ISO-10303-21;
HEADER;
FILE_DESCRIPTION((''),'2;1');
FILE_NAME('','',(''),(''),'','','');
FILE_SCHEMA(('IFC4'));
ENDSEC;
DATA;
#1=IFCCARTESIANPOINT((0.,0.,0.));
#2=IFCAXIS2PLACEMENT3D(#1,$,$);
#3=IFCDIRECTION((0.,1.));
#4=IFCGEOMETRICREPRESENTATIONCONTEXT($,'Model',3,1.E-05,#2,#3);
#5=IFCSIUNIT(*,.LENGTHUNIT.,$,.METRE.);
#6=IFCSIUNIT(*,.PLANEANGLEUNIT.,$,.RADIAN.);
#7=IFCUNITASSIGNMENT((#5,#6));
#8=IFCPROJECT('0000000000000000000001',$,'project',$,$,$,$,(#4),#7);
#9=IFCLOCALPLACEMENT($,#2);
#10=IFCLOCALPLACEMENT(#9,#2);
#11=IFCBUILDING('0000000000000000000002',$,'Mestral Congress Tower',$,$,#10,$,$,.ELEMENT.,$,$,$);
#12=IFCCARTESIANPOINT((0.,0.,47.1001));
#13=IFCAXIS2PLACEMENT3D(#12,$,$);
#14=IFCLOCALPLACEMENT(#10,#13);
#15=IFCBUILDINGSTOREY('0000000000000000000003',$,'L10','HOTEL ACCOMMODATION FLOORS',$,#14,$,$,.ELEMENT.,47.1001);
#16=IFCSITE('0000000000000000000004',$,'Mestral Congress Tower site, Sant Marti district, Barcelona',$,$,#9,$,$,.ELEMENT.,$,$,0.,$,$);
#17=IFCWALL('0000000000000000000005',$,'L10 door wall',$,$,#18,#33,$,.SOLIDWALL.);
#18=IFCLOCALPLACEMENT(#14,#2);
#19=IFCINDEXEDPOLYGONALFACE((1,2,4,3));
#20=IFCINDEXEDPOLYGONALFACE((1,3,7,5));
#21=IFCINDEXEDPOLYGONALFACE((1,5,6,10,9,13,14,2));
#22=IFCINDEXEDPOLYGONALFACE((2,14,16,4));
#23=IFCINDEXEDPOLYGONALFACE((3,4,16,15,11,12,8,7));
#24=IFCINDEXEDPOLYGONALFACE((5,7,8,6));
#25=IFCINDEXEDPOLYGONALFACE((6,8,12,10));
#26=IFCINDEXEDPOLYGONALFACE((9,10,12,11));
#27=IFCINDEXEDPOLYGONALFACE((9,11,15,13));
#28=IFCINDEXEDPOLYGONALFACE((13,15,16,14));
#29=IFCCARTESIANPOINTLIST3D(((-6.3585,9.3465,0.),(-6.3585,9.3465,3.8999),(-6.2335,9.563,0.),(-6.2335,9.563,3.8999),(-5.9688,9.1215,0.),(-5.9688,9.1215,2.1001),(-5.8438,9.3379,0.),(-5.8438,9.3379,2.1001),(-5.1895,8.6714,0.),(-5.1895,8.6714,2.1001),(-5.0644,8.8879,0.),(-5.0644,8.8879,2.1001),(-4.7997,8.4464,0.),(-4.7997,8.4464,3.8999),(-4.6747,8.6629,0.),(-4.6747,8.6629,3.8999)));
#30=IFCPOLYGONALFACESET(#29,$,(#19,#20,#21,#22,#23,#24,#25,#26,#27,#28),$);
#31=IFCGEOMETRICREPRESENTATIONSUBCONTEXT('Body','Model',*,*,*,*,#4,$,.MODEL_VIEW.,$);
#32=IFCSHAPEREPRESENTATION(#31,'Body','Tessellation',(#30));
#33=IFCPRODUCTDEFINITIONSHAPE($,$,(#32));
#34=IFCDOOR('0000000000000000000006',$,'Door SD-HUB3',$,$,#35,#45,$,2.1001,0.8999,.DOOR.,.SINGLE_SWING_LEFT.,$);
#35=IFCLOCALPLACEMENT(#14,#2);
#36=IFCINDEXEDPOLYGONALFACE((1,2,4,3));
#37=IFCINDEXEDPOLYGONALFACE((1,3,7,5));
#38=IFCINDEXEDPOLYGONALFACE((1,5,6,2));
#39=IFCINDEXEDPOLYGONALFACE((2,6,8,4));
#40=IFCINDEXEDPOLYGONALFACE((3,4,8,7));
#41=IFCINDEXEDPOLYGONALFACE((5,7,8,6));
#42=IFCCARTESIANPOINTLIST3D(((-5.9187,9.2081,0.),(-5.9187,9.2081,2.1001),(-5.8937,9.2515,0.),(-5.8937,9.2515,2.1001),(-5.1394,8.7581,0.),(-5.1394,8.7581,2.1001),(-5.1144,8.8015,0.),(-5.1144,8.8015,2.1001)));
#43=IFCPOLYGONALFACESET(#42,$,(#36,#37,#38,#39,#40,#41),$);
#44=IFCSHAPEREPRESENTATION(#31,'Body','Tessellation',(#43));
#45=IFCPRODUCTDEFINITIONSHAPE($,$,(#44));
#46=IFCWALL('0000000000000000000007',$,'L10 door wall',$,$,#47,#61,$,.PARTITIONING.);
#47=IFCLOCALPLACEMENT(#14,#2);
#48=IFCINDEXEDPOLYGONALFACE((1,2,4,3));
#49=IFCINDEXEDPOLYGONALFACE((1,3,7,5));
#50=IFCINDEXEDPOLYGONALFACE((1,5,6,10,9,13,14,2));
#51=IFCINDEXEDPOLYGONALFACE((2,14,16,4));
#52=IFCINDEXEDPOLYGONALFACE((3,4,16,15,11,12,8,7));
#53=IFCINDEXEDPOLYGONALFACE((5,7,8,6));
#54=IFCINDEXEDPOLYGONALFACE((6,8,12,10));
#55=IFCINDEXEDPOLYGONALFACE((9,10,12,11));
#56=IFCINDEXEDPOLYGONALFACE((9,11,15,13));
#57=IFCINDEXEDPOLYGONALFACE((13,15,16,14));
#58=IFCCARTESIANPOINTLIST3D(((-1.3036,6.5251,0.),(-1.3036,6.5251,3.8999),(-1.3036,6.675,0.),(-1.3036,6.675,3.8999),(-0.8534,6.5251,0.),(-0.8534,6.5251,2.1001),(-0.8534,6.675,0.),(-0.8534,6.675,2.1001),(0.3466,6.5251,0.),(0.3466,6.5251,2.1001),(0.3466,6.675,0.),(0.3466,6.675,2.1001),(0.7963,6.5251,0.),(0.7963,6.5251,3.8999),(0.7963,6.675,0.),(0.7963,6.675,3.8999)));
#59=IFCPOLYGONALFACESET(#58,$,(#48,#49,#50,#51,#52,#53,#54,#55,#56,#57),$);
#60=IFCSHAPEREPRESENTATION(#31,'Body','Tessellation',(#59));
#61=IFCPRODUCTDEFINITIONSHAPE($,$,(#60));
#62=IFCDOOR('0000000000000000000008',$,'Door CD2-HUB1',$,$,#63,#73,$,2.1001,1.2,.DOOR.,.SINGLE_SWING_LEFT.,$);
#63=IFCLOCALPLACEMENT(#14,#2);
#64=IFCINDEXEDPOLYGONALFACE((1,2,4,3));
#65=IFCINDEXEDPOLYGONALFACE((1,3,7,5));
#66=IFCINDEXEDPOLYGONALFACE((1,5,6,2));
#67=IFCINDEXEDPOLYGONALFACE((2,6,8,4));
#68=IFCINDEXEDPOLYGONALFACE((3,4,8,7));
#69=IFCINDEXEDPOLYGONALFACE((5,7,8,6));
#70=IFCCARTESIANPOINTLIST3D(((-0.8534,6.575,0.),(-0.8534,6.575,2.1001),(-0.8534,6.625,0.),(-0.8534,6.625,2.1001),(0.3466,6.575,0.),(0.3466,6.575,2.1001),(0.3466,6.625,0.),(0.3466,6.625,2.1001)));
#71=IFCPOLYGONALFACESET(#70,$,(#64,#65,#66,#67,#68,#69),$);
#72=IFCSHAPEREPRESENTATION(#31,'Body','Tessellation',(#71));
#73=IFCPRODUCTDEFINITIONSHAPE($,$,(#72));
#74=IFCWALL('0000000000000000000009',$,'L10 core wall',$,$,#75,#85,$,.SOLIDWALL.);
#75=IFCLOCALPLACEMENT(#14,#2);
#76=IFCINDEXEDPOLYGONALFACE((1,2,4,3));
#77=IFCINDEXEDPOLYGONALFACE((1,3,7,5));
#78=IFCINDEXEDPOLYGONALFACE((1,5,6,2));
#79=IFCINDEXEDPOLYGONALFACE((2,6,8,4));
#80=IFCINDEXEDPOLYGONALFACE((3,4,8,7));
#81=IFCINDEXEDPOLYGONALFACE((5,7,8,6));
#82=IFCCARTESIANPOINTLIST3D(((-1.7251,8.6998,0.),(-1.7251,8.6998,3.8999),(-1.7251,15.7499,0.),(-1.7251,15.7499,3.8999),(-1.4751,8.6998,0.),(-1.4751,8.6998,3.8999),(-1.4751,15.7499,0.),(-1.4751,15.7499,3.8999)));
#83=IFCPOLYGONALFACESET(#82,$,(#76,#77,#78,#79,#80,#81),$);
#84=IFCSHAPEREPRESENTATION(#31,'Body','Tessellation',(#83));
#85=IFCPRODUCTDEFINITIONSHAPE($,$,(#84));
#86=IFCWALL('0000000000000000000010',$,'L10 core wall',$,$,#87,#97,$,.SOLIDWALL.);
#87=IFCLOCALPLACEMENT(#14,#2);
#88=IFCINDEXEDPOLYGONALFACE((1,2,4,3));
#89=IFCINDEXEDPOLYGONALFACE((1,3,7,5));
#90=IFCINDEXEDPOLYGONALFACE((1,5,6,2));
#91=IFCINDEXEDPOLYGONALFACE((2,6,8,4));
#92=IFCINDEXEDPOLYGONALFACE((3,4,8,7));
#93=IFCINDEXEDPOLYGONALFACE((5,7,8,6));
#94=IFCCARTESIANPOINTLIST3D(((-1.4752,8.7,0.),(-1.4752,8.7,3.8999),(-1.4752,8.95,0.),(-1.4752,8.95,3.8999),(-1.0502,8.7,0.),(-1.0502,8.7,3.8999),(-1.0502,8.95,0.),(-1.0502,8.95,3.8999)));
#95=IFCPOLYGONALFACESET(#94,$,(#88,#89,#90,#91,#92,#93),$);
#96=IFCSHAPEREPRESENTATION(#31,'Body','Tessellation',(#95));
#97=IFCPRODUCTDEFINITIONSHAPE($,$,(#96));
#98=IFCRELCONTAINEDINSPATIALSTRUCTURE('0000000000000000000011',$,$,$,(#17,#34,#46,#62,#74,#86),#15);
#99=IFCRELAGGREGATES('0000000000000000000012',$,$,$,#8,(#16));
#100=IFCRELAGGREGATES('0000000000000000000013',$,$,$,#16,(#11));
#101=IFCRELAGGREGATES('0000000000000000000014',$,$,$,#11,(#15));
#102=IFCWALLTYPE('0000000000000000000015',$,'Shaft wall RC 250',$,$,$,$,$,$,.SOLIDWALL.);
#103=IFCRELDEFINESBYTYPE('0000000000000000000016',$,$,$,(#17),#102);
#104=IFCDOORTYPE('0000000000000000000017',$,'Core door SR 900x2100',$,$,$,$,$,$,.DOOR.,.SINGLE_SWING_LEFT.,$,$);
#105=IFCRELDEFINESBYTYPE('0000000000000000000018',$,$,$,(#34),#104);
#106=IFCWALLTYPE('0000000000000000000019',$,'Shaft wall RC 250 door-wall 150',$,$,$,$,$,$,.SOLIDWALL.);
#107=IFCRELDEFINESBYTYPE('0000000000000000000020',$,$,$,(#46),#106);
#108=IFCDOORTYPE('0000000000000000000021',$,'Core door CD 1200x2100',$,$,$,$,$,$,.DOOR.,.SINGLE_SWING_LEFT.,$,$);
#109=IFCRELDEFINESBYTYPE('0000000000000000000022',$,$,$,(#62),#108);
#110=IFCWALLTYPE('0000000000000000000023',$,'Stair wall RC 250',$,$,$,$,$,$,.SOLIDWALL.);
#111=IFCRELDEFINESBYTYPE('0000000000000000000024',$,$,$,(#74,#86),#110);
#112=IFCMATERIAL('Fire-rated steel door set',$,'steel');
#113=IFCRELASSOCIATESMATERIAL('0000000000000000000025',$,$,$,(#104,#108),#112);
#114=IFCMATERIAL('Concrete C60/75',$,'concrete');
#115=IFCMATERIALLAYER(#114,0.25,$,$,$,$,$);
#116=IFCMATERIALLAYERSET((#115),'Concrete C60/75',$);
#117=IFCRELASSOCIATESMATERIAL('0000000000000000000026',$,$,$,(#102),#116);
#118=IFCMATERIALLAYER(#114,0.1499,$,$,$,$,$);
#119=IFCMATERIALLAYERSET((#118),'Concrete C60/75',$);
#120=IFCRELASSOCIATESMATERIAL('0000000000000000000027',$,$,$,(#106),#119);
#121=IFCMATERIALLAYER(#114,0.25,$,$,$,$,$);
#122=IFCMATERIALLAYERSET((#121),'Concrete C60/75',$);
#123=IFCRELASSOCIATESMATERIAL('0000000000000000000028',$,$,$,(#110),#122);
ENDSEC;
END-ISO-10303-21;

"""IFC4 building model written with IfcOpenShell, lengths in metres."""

from ifc_helpers import new_model, si_unit, direction, frame, frame_2d, origin, place, context, subcontext, project, spatial, rectangle, extrude, material, layer, layer_set, type_object, element, fill, save


model = new_model("IFC4")

# Units and contexts
model_context = context("Model", 3, precision=1e-05, world=origin(), true_north=direction((0.0, 1.0)))
body_context = subcontext(model_context, "Body", "Model", "MODEL_VIEW")
ifc_project = project(units=[si_unit("LENGTHUNIT", "METRE"), si_unit("PLANEANGLEUNIT", "RADIAN")], contexts=[model_context])

# Site, building, storey
site_placement = place(None, origin())
site = spatial("IfcSite", under=ifc_project, at=site_placement, Name="Mestral Congress Tower site, Sant Marti district, Barcelona", CompositionType="ELEMENT", RefElevation=0.0)
building_placement = place(site_placement, origin())
building = spatial("IfcBuilding", under=site, at=building_placement, Name="Mestral Congress Tower", CompositionType="ELEMENT")
storey_placement = place(building_placement, frame((0.0, 0.0, 47.1001)))
storey = spatial("IfcBuildingStorey", under=building, at=storey_placement, Name="L10", Description="HOTEL ACCOMMODATION FLOORS", CompositionType="ELEMENT", Elevation=47.1001)

# Shared definitions
ifc_material_1 = material(Name="Fire-rated steel door set", Category="steel")
door_type_1 = type_object("IfcDoorType", Name="Core door SR 900x2100", OperationType="SINGLE_SWING_LEFT", PredefinedType="DOOR", material=ifc_material_1)

# Shared definitions
ifc_material_2 = material(Name="Concrete C60/75", Category="concrete")
ifc_layer_1 = layer(ifc_material_2, 0.25)
ifc_layer_set_1 = layer_set([ifc_layer_1], Name="Concrete C60/75")
wall_type_1 = type_object("IfcWallType", Name="Shaft wall RC 250", PredefinedType="SOLIDWALL", material=ifc_layer_set_1)

# Walls, openings, doors
wall_1_placement = place(storey_placement, frame((-4.7373, 8.5547, 0.0), z_axis=(0.0, 0.0, 1.0), x_axis=(-0.865989, 0.500063, 0.0)))
wall_1 = element("IfcWall", 1, at=wall_1_placement, inside=storey, type_object=wall_type_1, Name="L10 door wall", PredefinedType="SOLIDWALL", context=body_context, shape_type="SweptSolid", body=[
    extrude(rectangle(XDim=1.8, YDim=0.25, at=frame_2d((0.8999, 0.0))), origin(), (0.0, 0.0, 1.0), 3.8999),
])
opening_1_placement = place(wall_1_placement, frame((0.45, 0.0, 0.0)))
opening_1 = element("IfcOpeningElement", 2, at=opening_1_placement, cuts=wall_1, PredefinedType="OPENING", context=body_context, shape_type="SweptSolid", body=[
    extrude(rectangle(XDim=0.8999, YDim=2.1001, at=frame_2d((0.45, 1.05))), frame((0.0, 0.135, 0.0), z_axis=(0.0, -1.0, 0.0), x_axis=(1.0, 0.0, 0.0)), (0.0, 0.0, 1.0), 0.27),
])
door_1_placement = place(opening_1_placement, origin())
door_1 = element("IfcDoor", 3, at=door_1_placement, inside=storey, type_object=door_type_1, Name="Door SD-HUB3", OperationType="SINGLE_SWING_LEFT", OverallHeight=2.1001, OverallWidth=0.8999, PredefinedType="DOOR", context=body_context, shape_type="SweptSolid", body=[
    extrude(rectangle(XDim=0.8999, YDim=2.1001, at=frame_2d((0.45, 1.05))), frame((0.0, 0.0249, 0.0), z_axis=(0.0, -1.0, 0.0), x_axis=(1.0, 0.0, 0.0)), (0.0, 0.0, 1.0), 0.05),
])
fill(opening_1, door_1)
ifc_layer_2 = layer(ifc_material_2, 0.1499)
ifc_layer_set_2 = layer_set([ifc_layer_2], Name="Concrete C60/75")
wall_type_2 = type_object("IfcWallType", Name="Shaft wall RC 250 door-wall 150", PredefinedType="SOLIDWALL", material=ifc_layer_set_2)
wall_2_placement = place(storey_placement, frame((-1.3035, 6.6001, 0.0), z_axis=(0.0, 0.0, 1.0), x_axis=(1.0, 0.0, 0.0)))
wall_2 = element("IfcWall", 4, at=wall_2_placement, inside=storey, type_object=wall_type_2, Name="L10 door wall", PredefinedType="PARTITIONING", context=body_context, shape_type="SweptSolid", body=[
    extrude(rectangle(XDim=2.0999, YDim=0.1499, at=frame_2d((1.0498, 0.0))), origin(), (0.0, 0.0, 1.0), 3.8999),
])
opening_2_placement = place(wall_2_placement, frame((0.45, 0.0, 0.0)))
opening_2 = element("IfcOpeningElement", 5, at=opening_2_placement, cuts=wall_2, PredefinedType="OPENING", context=body_context, shape_type="SweptSolid", body=[
    extrude(rectangle(XDim=1.2, YDim=2.1001, at=frame_2d((0.6001, 1.05))), frame((0.0, 0.085, 0.0), z_axis=(0.0, -1.0, 0.0), x_axis=(1.0, 0.0, 0.0)), (0.0, 0.0, 1.0), 0.1699),
])
door_type_2 = type_object("IfcDoorType", Name="Core door CD 1200x2100", OperationType="SINGLE_SWING_LEFT", PredefinedType="DOOR", material=ifc_material_1)
door_2_placement = place(opening_2_placement, origin())
door_2 = element("IfcDoor", 6, at=door_2_placement, inside=storey, type_object=door_type_2, Name="Door CD2-HUB1", OperationType="SINGLE_SWING_LEFT", OverallHeight=2.1001, OverallWidth=1.2, PredefinedType="DOOR", context=body_context, shape_type="SweptSolid", body=[
    extrude(rectangle(XDim=1.2, YDim=2.1001, at=frame_2d((0.6001, 1.05))), frame((0.0, 0.0249, 0.0), z_axis=(0.0, -1.0, 0.0), x_axis=(1.0, 0.0, 0.0)), (0.0, 0.0, 1.0), 0.05),
])
fill(opening_2, door_2)

# Walls
ifc_layer_3 = layer(ifc_material_2, 0.25)
ifc_layer_set_3 = layer_set([ifc_layer_3], Name="Concrete C60/75")
wall_type_3 = type_object("IfcWallType", Name="Stair wall RC 250", PredefinedType="SOLIDWALL", material=ifc_layer_set_3)
wall_3_placement = place(storey_placement, frame((-1.6001, 8.7, 0.0), z_axis=(0.0, 0.0, 1.0), x_axis=(0.0, 1.0, 0.0)))
element("IfcWall", 7, at=wall_3_placement, inside=storey, type_object=wall_type_3, Name="L10 core wall", PredefinedType="SOLIDWALL", context=body_context, shape_type="SweptSolid", body=[
    extrude(rectangle(XDim=7.05, YDim=0.25, at=frame_2d((3.5249, 0.0))), origin(), (0.0, 0.0, 1.0), 3.8999),
])
wall_4_placement = place(storey_placement, frame((-1.4751, 8.825, 0.0), z_axis=(0.0, 0.0, 1.0), x_axis=(1.0, 0.0, 0.0)))
element("IfcWall", 8, at=wall_4_placement, inside=storey, type_object=wall_type_3, Name="L10 core wall", PredefinedType="SOLIDWALL", context=body_context, shape_type="SweptSolid", body=[
    extrude(rectangle(XDim=0.425, YDim=0.25, at=frame_2d((0.2124, 0.0))), origin(), (0.0, 0.0, 1.0), 3.8999),
])

save(model, "model.ifc")
